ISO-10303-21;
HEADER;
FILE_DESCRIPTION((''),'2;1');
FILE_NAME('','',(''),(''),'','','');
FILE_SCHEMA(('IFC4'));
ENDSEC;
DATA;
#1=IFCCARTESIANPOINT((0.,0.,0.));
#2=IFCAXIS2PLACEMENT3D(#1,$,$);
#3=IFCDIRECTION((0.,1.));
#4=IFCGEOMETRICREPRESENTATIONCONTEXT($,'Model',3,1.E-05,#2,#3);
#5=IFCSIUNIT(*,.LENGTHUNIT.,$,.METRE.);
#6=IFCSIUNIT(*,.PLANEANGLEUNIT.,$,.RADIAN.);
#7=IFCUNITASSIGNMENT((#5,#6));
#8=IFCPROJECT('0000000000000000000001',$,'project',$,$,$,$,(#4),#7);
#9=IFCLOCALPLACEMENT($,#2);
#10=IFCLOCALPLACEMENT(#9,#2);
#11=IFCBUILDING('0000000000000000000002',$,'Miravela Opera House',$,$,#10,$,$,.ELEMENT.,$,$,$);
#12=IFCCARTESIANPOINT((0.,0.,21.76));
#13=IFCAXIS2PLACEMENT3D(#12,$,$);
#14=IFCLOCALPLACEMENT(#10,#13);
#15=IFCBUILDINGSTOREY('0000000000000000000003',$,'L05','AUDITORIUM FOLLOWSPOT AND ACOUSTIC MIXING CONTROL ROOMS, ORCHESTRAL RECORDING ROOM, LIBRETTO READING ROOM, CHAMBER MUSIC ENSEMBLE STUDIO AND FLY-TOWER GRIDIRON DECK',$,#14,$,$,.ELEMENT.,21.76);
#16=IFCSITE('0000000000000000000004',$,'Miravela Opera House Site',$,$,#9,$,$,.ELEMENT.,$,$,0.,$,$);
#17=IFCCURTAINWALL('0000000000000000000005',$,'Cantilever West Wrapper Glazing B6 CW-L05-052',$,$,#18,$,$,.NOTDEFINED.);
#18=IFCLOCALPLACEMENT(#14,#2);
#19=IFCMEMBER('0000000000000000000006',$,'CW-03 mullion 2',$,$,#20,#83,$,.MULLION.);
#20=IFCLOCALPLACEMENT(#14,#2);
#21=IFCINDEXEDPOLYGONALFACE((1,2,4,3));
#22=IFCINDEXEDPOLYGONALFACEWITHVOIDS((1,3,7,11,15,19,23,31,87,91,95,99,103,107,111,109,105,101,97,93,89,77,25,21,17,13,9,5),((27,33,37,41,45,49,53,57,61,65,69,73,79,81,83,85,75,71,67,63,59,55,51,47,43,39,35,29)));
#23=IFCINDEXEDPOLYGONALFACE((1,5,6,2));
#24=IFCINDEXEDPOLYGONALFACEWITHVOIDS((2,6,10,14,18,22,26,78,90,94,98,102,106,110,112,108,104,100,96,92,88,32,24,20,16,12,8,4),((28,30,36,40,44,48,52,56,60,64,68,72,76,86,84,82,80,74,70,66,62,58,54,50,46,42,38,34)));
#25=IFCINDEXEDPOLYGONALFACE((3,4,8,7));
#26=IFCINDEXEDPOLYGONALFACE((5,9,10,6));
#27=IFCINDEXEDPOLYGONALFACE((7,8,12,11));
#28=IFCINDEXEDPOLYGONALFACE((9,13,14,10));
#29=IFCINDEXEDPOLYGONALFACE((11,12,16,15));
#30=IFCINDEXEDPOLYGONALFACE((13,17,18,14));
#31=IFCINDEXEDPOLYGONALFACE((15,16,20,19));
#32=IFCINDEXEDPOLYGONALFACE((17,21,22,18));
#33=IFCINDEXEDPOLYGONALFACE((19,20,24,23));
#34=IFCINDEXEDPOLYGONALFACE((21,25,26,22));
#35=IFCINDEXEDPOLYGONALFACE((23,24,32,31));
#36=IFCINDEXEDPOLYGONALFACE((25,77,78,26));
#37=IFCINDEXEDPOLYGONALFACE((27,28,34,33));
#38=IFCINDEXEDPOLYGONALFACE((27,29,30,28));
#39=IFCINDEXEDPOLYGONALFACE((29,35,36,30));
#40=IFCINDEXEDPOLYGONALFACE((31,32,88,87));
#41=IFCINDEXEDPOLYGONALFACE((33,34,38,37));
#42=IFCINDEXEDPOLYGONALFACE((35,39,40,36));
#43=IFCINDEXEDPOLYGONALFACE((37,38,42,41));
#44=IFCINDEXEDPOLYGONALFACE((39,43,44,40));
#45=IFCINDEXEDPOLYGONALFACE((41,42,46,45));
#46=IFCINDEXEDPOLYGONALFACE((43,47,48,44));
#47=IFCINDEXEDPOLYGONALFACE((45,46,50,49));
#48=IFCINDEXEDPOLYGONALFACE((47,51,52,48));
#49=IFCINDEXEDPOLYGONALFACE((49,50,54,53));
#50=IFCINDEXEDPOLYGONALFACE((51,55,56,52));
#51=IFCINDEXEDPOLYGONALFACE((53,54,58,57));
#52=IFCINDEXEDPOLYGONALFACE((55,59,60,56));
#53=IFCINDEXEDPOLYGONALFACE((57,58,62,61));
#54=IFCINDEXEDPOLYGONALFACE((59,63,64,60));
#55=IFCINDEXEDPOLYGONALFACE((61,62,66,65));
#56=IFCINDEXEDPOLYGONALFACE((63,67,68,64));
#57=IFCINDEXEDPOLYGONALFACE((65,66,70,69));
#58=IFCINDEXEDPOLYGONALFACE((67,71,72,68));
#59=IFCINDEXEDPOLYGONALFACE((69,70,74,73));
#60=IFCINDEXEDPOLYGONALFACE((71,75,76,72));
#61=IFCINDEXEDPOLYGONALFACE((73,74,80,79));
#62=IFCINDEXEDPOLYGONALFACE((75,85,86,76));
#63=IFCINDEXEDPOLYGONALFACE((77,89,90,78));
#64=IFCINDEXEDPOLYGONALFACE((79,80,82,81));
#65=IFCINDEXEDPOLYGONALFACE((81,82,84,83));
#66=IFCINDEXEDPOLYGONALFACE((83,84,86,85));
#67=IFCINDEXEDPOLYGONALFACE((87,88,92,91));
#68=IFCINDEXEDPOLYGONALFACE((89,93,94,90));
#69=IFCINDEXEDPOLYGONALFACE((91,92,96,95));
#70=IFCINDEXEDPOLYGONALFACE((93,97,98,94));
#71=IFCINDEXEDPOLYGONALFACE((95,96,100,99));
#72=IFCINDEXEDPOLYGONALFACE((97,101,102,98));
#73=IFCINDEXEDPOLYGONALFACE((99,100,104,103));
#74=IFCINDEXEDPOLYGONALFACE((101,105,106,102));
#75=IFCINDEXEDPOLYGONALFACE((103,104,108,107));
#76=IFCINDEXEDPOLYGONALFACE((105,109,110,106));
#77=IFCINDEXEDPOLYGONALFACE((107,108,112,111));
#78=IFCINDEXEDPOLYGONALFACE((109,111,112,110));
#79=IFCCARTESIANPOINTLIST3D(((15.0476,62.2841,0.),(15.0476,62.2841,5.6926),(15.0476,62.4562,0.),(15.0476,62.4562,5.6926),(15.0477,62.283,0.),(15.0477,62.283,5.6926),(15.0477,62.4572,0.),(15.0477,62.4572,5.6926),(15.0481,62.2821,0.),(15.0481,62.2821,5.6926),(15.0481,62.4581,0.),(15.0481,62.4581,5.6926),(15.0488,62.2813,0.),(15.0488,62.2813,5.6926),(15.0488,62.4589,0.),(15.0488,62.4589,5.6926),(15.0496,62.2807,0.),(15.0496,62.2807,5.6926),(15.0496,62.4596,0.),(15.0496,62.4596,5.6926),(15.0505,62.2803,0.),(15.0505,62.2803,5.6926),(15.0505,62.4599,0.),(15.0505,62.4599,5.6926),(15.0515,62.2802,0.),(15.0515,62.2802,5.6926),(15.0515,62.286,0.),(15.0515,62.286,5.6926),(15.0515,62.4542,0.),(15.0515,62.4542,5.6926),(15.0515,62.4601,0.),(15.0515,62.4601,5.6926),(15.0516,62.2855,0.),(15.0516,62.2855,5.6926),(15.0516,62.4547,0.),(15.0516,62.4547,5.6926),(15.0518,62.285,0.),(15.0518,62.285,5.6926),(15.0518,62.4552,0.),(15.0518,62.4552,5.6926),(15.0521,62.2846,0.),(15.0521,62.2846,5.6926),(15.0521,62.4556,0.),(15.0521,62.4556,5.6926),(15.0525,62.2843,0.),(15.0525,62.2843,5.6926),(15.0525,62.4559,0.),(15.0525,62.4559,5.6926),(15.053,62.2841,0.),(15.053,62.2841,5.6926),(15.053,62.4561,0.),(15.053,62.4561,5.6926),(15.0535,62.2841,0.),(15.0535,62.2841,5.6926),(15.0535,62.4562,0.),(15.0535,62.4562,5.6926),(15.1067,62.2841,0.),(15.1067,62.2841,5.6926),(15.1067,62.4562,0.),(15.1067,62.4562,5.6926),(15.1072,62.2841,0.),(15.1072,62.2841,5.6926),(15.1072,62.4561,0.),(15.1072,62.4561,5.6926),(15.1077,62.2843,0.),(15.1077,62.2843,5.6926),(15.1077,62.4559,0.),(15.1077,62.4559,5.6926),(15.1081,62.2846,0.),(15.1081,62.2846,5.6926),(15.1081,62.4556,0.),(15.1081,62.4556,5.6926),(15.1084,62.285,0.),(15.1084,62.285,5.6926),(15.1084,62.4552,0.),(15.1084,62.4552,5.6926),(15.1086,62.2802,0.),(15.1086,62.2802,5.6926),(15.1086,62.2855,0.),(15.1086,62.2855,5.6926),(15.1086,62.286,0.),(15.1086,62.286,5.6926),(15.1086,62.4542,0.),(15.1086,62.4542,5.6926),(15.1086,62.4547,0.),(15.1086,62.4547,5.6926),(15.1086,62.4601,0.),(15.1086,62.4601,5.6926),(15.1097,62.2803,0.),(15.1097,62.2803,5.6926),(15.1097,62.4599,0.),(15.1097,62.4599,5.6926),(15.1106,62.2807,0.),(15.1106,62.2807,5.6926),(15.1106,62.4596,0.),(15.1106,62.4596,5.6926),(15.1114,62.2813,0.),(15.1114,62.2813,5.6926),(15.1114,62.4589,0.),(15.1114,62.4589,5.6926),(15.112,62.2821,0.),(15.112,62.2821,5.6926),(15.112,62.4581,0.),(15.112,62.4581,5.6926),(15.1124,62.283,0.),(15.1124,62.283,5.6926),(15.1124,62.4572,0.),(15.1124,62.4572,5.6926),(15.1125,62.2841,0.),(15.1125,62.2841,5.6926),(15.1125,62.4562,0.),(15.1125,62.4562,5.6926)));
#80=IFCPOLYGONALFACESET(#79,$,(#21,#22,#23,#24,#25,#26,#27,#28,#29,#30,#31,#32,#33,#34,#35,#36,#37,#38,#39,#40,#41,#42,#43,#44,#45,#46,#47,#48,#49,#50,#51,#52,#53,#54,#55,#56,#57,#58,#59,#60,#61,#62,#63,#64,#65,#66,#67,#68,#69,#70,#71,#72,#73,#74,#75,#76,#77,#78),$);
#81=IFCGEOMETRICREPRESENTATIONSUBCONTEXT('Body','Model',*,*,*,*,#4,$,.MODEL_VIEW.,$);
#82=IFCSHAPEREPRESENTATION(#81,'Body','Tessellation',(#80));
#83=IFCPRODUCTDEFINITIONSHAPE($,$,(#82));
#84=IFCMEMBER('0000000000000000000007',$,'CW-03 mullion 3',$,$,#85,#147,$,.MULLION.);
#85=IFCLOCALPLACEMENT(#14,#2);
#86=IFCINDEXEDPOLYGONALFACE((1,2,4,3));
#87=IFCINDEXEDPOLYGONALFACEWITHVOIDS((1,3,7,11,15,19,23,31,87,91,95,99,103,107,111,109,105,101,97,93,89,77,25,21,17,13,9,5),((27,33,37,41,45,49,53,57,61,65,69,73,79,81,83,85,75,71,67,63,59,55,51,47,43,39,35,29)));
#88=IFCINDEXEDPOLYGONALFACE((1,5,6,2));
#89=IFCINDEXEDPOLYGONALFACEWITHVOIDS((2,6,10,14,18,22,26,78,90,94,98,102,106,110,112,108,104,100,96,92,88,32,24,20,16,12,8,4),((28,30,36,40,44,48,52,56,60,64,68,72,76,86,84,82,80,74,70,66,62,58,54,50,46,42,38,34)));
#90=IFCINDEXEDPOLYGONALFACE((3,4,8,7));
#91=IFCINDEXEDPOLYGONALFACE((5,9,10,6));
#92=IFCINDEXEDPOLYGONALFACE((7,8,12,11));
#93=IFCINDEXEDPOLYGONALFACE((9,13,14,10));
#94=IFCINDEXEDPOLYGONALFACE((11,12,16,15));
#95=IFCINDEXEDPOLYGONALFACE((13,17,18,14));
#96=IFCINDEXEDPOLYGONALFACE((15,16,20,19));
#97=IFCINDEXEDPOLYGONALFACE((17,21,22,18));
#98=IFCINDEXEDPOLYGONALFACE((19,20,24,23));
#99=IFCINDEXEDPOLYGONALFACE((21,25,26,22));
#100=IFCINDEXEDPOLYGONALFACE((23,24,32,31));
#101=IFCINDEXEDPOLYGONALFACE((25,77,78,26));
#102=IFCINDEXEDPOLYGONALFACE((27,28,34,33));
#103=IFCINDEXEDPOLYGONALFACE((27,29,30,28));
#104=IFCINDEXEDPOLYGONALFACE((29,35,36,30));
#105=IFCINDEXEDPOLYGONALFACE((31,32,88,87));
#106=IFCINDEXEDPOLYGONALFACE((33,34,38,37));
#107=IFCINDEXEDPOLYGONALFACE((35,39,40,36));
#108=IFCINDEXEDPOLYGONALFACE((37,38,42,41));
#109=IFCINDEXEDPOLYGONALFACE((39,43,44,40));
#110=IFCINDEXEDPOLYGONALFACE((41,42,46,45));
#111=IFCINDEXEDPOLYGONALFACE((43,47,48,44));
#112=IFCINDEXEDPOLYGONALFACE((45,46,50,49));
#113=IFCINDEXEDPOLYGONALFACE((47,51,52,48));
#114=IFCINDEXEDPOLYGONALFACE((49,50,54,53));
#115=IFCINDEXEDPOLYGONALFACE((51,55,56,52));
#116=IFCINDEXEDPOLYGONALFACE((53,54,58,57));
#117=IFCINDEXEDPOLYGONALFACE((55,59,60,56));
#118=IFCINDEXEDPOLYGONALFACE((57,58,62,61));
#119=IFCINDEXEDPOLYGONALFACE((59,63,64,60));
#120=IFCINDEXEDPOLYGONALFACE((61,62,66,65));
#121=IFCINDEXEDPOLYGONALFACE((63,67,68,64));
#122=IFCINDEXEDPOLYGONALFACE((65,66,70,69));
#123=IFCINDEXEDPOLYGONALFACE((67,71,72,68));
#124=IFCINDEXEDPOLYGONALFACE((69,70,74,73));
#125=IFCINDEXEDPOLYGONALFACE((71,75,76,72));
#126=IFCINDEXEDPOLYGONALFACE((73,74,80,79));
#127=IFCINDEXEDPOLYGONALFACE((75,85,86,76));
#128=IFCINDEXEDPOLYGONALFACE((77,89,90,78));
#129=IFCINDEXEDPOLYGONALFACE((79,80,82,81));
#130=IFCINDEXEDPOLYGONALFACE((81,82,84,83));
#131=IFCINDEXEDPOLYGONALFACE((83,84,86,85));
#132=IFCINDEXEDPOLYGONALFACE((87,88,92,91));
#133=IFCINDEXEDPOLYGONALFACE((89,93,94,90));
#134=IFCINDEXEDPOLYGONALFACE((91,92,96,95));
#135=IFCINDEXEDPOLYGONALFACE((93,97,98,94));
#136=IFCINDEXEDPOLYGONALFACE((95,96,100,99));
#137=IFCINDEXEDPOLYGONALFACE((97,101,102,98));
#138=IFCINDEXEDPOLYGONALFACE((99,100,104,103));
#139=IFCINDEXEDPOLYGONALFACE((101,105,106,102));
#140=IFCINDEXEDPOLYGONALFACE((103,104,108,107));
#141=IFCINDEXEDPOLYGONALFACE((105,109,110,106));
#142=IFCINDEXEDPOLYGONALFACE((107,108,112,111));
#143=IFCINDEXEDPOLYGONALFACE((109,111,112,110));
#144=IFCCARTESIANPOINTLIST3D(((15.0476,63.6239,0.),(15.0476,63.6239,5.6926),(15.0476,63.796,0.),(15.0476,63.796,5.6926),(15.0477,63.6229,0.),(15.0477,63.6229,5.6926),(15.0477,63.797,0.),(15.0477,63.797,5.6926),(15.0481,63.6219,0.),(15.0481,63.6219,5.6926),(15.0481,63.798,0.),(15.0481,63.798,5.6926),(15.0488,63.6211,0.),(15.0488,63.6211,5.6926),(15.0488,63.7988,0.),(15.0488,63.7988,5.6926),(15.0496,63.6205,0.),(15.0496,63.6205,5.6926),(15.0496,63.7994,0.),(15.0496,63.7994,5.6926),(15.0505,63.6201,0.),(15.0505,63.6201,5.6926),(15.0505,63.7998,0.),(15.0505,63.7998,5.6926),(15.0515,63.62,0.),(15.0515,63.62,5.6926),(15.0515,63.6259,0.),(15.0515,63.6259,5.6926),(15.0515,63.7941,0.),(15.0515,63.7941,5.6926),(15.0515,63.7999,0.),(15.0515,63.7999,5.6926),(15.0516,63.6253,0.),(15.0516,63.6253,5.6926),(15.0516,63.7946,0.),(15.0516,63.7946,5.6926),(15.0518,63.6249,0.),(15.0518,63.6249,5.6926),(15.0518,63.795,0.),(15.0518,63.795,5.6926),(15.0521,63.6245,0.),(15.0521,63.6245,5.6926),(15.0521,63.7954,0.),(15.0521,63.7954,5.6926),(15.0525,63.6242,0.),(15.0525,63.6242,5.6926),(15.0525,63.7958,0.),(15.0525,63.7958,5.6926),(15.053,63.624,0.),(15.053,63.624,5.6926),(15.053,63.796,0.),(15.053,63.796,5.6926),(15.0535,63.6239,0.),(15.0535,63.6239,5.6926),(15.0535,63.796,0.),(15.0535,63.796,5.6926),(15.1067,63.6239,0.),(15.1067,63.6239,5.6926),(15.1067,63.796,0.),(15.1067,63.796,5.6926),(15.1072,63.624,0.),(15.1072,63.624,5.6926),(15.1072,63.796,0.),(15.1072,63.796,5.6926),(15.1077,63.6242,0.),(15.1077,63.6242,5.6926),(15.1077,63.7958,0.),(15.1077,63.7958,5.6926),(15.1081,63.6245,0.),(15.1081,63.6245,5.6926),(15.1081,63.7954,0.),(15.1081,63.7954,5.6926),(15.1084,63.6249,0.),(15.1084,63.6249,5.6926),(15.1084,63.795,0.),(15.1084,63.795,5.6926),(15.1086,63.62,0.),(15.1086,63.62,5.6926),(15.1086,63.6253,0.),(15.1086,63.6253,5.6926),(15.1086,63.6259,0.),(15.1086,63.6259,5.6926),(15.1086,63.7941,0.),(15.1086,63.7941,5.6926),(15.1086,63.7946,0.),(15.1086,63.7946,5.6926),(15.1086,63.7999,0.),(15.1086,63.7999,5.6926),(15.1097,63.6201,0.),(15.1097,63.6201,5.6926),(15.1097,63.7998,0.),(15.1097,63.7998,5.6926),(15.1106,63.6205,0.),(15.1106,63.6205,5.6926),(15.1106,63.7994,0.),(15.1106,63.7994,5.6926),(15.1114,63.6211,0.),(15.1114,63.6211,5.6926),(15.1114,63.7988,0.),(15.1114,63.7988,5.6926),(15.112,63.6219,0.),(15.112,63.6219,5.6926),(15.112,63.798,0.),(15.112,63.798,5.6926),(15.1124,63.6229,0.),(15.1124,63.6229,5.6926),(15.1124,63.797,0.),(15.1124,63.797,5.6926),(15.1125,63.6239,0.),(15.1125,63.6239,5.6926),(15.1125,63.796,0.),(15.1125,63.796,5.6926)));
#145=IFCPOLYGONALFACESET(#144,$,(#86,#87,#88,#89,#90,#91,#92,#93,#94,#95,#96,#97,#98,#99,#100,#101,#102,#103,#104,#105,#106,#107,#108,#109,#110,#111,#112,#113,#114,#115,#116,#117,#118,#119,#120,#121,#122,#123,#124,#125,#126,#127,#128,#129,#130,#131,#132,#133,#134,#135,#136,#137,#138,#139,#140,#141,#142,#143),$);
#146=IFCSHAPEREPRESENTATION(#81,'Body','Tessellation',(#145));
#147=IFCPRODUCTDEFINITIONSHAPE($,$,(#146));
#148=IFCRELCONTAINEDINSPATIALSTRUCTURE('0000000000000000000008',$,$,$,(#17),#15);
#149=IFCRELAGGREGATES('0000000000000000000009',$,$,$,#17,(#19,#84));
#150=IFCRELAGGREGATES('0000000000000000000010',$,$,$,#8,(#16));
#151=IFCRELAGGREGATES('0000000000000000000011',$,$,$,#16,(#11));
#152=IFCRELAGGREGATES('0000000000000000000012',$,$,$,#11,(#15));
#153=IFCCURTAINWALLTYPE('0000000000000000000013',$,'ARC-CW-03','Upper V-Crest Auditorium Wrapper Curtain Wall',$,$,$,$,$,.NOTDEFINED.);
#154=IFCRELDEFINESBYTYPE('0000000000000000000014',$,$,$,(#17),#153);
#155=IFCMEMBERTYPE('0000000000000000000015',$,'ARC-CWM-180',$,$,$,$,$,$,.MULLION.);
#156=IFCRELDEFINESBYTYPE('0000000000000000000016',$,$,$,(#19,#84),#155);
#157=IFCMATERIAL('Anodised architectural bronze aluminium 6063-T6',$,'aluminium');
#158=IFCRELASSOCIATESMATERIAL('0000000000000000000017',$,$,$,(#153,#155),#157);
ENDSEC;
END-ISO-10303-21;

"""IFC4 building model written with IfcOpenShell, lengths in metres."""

from ifc_helpers import new_model, si_unit, direction, frame, origin, origin_2d, place, context, subcontext, project, spatial, hollow_rectangle, extrude, material, material_profile, profile_set, type_object, element, aggregate, save


model = new_model("IFC4")

# Units and contexts
model_context = context("Model", 3, precision=1e-05, world=origin(), true_north=direction((0.0, 1.0)))
body_context = subcontext(model_context, "Body", "Model", "MODEL_VIEW")
ifc_project = project(units=[si_unit("LENGTHUNIT", "METRE"), si_unit("PLANEANGLEUNIT", "RADIAN")], contexts=[model_context])

# Site, building, storey
site_placement = place(None, origin())
site = spatial("IfcSite", under=ifc_project, at=site_placement, Name="Miravela Opera House Site", CompositionType="ELEMENT", RefElevation=0.0)
building_placement = place(site_placement, origin())
building = spatial("IfcBuilding", under=site, at=building_placement, Name="Miravela Opera House", CompositionType="ELEMENT")
storey_placement = place(building_placement, frame((0.0, 0.0, 21.76)))
storey = spatial("IfcBuildingStorey", under=building, at=storey_placement, Name="L05", Description="AUDITORIUM FOLLOWSPOT AND ACOUSTIC MIXING CONTROL ROOMS, ORCHESTRAL RECORDING ROOM, LIBRETTO READING ROOM, CHAMBER MUSIC ENSEMBLE STUDIO AND FLY-TOWER GRIDIRON DECK", CompositionType="ELEMENT", Elevation=21.76)

# Curtain wall, members
ifc_material_1 = material(Name="Anodised architectural bronze aluminium 6063-T6", Category="aluminium")
curtain_wall_type = type_object("IfcCurtainWallType", Name="ARC-CW-03", Description="Upper V-Crest Auditorium Wrapper Curtain Wall", PredefinedType="NOTDEFINED", material=ifc_material_1)
curtain_wall_1_placement = place(storey_placement, origin())
curtain_wall_1 = element("IfcCurtainWall", 1, at=curtain_wall_1_placement, inside=storey, type_object=curtain_wall_type, Name="Cantilever West Wrapper Glazing B6 CW-L05-052", PredefinedType="NOTDEFINED")
ifc_material_profile_1 = material_profile(ifc_material_1, hollow_rectangle(XDim=0.0649, YDim=0.1799, WallThickness=0.0039, InnerFilletRadius=0.002, OuterFilletRadius=0.0039, at=origin_2d()), Name="CWM-65X180")
ifc_profile_set_1 = profile_set([ifc_material_profile_1])
member_type_1 = type_object("IfcMemberType", Name="ARC-CWM-180", PredefinedType="MULLION", material=ifc_profile_set_1)
member_1_placement = place(storey_placement, frame((15.0801, 62.3701, 0.0), z_axis=(0.0, 0.0, 1.0), x_axis=(-1.0, 0.0, 0.0)))
member_1 = element("IfcMember", 2, at=member_1_placement, type_object=member_type_1, Name="CW-03 mullion 2", PredefinedType="MULLION", context=body_context, shape_type="SweptSolid", body=[
    extrude(hollow_rectangle(XDim=0.0649, YDim=0.1799, WallThickness=0.0039, InnerFilletRadius=0.002, OuterFilletRadius=0.0039, at=origin_2d()), origin(), (0.0, 0.0, 1.0), 5.6926),
])
member_2_placement = place(storey_placement, frame((15.0801, 63.71, 0.0), z_axis=(0.0, 0.0, 1.0), x_axis=(-1.0, 0.0, 0.0)))
member_2 = element("IfcMember", 3, at=member_2_placement, type_object=member_type_1, Name="CW-03 mullion 3", PredefinedType="MULLION", context=body_context, shape_type="SweptSolid", body=[
    extrude(hollow_rectangle(XDim=0.0649, YDim=0.1799, WallThickness=0.0039, InnerFilletRadius=0.002, OuterFilletRadius=0.0039, at=origin_2d()), origin(), (0.0, 0.0, 1.0), 5.6926),
])

aggregate(curtain_wall_1, [member_1, member_2])

save(model, "model.ifc")
